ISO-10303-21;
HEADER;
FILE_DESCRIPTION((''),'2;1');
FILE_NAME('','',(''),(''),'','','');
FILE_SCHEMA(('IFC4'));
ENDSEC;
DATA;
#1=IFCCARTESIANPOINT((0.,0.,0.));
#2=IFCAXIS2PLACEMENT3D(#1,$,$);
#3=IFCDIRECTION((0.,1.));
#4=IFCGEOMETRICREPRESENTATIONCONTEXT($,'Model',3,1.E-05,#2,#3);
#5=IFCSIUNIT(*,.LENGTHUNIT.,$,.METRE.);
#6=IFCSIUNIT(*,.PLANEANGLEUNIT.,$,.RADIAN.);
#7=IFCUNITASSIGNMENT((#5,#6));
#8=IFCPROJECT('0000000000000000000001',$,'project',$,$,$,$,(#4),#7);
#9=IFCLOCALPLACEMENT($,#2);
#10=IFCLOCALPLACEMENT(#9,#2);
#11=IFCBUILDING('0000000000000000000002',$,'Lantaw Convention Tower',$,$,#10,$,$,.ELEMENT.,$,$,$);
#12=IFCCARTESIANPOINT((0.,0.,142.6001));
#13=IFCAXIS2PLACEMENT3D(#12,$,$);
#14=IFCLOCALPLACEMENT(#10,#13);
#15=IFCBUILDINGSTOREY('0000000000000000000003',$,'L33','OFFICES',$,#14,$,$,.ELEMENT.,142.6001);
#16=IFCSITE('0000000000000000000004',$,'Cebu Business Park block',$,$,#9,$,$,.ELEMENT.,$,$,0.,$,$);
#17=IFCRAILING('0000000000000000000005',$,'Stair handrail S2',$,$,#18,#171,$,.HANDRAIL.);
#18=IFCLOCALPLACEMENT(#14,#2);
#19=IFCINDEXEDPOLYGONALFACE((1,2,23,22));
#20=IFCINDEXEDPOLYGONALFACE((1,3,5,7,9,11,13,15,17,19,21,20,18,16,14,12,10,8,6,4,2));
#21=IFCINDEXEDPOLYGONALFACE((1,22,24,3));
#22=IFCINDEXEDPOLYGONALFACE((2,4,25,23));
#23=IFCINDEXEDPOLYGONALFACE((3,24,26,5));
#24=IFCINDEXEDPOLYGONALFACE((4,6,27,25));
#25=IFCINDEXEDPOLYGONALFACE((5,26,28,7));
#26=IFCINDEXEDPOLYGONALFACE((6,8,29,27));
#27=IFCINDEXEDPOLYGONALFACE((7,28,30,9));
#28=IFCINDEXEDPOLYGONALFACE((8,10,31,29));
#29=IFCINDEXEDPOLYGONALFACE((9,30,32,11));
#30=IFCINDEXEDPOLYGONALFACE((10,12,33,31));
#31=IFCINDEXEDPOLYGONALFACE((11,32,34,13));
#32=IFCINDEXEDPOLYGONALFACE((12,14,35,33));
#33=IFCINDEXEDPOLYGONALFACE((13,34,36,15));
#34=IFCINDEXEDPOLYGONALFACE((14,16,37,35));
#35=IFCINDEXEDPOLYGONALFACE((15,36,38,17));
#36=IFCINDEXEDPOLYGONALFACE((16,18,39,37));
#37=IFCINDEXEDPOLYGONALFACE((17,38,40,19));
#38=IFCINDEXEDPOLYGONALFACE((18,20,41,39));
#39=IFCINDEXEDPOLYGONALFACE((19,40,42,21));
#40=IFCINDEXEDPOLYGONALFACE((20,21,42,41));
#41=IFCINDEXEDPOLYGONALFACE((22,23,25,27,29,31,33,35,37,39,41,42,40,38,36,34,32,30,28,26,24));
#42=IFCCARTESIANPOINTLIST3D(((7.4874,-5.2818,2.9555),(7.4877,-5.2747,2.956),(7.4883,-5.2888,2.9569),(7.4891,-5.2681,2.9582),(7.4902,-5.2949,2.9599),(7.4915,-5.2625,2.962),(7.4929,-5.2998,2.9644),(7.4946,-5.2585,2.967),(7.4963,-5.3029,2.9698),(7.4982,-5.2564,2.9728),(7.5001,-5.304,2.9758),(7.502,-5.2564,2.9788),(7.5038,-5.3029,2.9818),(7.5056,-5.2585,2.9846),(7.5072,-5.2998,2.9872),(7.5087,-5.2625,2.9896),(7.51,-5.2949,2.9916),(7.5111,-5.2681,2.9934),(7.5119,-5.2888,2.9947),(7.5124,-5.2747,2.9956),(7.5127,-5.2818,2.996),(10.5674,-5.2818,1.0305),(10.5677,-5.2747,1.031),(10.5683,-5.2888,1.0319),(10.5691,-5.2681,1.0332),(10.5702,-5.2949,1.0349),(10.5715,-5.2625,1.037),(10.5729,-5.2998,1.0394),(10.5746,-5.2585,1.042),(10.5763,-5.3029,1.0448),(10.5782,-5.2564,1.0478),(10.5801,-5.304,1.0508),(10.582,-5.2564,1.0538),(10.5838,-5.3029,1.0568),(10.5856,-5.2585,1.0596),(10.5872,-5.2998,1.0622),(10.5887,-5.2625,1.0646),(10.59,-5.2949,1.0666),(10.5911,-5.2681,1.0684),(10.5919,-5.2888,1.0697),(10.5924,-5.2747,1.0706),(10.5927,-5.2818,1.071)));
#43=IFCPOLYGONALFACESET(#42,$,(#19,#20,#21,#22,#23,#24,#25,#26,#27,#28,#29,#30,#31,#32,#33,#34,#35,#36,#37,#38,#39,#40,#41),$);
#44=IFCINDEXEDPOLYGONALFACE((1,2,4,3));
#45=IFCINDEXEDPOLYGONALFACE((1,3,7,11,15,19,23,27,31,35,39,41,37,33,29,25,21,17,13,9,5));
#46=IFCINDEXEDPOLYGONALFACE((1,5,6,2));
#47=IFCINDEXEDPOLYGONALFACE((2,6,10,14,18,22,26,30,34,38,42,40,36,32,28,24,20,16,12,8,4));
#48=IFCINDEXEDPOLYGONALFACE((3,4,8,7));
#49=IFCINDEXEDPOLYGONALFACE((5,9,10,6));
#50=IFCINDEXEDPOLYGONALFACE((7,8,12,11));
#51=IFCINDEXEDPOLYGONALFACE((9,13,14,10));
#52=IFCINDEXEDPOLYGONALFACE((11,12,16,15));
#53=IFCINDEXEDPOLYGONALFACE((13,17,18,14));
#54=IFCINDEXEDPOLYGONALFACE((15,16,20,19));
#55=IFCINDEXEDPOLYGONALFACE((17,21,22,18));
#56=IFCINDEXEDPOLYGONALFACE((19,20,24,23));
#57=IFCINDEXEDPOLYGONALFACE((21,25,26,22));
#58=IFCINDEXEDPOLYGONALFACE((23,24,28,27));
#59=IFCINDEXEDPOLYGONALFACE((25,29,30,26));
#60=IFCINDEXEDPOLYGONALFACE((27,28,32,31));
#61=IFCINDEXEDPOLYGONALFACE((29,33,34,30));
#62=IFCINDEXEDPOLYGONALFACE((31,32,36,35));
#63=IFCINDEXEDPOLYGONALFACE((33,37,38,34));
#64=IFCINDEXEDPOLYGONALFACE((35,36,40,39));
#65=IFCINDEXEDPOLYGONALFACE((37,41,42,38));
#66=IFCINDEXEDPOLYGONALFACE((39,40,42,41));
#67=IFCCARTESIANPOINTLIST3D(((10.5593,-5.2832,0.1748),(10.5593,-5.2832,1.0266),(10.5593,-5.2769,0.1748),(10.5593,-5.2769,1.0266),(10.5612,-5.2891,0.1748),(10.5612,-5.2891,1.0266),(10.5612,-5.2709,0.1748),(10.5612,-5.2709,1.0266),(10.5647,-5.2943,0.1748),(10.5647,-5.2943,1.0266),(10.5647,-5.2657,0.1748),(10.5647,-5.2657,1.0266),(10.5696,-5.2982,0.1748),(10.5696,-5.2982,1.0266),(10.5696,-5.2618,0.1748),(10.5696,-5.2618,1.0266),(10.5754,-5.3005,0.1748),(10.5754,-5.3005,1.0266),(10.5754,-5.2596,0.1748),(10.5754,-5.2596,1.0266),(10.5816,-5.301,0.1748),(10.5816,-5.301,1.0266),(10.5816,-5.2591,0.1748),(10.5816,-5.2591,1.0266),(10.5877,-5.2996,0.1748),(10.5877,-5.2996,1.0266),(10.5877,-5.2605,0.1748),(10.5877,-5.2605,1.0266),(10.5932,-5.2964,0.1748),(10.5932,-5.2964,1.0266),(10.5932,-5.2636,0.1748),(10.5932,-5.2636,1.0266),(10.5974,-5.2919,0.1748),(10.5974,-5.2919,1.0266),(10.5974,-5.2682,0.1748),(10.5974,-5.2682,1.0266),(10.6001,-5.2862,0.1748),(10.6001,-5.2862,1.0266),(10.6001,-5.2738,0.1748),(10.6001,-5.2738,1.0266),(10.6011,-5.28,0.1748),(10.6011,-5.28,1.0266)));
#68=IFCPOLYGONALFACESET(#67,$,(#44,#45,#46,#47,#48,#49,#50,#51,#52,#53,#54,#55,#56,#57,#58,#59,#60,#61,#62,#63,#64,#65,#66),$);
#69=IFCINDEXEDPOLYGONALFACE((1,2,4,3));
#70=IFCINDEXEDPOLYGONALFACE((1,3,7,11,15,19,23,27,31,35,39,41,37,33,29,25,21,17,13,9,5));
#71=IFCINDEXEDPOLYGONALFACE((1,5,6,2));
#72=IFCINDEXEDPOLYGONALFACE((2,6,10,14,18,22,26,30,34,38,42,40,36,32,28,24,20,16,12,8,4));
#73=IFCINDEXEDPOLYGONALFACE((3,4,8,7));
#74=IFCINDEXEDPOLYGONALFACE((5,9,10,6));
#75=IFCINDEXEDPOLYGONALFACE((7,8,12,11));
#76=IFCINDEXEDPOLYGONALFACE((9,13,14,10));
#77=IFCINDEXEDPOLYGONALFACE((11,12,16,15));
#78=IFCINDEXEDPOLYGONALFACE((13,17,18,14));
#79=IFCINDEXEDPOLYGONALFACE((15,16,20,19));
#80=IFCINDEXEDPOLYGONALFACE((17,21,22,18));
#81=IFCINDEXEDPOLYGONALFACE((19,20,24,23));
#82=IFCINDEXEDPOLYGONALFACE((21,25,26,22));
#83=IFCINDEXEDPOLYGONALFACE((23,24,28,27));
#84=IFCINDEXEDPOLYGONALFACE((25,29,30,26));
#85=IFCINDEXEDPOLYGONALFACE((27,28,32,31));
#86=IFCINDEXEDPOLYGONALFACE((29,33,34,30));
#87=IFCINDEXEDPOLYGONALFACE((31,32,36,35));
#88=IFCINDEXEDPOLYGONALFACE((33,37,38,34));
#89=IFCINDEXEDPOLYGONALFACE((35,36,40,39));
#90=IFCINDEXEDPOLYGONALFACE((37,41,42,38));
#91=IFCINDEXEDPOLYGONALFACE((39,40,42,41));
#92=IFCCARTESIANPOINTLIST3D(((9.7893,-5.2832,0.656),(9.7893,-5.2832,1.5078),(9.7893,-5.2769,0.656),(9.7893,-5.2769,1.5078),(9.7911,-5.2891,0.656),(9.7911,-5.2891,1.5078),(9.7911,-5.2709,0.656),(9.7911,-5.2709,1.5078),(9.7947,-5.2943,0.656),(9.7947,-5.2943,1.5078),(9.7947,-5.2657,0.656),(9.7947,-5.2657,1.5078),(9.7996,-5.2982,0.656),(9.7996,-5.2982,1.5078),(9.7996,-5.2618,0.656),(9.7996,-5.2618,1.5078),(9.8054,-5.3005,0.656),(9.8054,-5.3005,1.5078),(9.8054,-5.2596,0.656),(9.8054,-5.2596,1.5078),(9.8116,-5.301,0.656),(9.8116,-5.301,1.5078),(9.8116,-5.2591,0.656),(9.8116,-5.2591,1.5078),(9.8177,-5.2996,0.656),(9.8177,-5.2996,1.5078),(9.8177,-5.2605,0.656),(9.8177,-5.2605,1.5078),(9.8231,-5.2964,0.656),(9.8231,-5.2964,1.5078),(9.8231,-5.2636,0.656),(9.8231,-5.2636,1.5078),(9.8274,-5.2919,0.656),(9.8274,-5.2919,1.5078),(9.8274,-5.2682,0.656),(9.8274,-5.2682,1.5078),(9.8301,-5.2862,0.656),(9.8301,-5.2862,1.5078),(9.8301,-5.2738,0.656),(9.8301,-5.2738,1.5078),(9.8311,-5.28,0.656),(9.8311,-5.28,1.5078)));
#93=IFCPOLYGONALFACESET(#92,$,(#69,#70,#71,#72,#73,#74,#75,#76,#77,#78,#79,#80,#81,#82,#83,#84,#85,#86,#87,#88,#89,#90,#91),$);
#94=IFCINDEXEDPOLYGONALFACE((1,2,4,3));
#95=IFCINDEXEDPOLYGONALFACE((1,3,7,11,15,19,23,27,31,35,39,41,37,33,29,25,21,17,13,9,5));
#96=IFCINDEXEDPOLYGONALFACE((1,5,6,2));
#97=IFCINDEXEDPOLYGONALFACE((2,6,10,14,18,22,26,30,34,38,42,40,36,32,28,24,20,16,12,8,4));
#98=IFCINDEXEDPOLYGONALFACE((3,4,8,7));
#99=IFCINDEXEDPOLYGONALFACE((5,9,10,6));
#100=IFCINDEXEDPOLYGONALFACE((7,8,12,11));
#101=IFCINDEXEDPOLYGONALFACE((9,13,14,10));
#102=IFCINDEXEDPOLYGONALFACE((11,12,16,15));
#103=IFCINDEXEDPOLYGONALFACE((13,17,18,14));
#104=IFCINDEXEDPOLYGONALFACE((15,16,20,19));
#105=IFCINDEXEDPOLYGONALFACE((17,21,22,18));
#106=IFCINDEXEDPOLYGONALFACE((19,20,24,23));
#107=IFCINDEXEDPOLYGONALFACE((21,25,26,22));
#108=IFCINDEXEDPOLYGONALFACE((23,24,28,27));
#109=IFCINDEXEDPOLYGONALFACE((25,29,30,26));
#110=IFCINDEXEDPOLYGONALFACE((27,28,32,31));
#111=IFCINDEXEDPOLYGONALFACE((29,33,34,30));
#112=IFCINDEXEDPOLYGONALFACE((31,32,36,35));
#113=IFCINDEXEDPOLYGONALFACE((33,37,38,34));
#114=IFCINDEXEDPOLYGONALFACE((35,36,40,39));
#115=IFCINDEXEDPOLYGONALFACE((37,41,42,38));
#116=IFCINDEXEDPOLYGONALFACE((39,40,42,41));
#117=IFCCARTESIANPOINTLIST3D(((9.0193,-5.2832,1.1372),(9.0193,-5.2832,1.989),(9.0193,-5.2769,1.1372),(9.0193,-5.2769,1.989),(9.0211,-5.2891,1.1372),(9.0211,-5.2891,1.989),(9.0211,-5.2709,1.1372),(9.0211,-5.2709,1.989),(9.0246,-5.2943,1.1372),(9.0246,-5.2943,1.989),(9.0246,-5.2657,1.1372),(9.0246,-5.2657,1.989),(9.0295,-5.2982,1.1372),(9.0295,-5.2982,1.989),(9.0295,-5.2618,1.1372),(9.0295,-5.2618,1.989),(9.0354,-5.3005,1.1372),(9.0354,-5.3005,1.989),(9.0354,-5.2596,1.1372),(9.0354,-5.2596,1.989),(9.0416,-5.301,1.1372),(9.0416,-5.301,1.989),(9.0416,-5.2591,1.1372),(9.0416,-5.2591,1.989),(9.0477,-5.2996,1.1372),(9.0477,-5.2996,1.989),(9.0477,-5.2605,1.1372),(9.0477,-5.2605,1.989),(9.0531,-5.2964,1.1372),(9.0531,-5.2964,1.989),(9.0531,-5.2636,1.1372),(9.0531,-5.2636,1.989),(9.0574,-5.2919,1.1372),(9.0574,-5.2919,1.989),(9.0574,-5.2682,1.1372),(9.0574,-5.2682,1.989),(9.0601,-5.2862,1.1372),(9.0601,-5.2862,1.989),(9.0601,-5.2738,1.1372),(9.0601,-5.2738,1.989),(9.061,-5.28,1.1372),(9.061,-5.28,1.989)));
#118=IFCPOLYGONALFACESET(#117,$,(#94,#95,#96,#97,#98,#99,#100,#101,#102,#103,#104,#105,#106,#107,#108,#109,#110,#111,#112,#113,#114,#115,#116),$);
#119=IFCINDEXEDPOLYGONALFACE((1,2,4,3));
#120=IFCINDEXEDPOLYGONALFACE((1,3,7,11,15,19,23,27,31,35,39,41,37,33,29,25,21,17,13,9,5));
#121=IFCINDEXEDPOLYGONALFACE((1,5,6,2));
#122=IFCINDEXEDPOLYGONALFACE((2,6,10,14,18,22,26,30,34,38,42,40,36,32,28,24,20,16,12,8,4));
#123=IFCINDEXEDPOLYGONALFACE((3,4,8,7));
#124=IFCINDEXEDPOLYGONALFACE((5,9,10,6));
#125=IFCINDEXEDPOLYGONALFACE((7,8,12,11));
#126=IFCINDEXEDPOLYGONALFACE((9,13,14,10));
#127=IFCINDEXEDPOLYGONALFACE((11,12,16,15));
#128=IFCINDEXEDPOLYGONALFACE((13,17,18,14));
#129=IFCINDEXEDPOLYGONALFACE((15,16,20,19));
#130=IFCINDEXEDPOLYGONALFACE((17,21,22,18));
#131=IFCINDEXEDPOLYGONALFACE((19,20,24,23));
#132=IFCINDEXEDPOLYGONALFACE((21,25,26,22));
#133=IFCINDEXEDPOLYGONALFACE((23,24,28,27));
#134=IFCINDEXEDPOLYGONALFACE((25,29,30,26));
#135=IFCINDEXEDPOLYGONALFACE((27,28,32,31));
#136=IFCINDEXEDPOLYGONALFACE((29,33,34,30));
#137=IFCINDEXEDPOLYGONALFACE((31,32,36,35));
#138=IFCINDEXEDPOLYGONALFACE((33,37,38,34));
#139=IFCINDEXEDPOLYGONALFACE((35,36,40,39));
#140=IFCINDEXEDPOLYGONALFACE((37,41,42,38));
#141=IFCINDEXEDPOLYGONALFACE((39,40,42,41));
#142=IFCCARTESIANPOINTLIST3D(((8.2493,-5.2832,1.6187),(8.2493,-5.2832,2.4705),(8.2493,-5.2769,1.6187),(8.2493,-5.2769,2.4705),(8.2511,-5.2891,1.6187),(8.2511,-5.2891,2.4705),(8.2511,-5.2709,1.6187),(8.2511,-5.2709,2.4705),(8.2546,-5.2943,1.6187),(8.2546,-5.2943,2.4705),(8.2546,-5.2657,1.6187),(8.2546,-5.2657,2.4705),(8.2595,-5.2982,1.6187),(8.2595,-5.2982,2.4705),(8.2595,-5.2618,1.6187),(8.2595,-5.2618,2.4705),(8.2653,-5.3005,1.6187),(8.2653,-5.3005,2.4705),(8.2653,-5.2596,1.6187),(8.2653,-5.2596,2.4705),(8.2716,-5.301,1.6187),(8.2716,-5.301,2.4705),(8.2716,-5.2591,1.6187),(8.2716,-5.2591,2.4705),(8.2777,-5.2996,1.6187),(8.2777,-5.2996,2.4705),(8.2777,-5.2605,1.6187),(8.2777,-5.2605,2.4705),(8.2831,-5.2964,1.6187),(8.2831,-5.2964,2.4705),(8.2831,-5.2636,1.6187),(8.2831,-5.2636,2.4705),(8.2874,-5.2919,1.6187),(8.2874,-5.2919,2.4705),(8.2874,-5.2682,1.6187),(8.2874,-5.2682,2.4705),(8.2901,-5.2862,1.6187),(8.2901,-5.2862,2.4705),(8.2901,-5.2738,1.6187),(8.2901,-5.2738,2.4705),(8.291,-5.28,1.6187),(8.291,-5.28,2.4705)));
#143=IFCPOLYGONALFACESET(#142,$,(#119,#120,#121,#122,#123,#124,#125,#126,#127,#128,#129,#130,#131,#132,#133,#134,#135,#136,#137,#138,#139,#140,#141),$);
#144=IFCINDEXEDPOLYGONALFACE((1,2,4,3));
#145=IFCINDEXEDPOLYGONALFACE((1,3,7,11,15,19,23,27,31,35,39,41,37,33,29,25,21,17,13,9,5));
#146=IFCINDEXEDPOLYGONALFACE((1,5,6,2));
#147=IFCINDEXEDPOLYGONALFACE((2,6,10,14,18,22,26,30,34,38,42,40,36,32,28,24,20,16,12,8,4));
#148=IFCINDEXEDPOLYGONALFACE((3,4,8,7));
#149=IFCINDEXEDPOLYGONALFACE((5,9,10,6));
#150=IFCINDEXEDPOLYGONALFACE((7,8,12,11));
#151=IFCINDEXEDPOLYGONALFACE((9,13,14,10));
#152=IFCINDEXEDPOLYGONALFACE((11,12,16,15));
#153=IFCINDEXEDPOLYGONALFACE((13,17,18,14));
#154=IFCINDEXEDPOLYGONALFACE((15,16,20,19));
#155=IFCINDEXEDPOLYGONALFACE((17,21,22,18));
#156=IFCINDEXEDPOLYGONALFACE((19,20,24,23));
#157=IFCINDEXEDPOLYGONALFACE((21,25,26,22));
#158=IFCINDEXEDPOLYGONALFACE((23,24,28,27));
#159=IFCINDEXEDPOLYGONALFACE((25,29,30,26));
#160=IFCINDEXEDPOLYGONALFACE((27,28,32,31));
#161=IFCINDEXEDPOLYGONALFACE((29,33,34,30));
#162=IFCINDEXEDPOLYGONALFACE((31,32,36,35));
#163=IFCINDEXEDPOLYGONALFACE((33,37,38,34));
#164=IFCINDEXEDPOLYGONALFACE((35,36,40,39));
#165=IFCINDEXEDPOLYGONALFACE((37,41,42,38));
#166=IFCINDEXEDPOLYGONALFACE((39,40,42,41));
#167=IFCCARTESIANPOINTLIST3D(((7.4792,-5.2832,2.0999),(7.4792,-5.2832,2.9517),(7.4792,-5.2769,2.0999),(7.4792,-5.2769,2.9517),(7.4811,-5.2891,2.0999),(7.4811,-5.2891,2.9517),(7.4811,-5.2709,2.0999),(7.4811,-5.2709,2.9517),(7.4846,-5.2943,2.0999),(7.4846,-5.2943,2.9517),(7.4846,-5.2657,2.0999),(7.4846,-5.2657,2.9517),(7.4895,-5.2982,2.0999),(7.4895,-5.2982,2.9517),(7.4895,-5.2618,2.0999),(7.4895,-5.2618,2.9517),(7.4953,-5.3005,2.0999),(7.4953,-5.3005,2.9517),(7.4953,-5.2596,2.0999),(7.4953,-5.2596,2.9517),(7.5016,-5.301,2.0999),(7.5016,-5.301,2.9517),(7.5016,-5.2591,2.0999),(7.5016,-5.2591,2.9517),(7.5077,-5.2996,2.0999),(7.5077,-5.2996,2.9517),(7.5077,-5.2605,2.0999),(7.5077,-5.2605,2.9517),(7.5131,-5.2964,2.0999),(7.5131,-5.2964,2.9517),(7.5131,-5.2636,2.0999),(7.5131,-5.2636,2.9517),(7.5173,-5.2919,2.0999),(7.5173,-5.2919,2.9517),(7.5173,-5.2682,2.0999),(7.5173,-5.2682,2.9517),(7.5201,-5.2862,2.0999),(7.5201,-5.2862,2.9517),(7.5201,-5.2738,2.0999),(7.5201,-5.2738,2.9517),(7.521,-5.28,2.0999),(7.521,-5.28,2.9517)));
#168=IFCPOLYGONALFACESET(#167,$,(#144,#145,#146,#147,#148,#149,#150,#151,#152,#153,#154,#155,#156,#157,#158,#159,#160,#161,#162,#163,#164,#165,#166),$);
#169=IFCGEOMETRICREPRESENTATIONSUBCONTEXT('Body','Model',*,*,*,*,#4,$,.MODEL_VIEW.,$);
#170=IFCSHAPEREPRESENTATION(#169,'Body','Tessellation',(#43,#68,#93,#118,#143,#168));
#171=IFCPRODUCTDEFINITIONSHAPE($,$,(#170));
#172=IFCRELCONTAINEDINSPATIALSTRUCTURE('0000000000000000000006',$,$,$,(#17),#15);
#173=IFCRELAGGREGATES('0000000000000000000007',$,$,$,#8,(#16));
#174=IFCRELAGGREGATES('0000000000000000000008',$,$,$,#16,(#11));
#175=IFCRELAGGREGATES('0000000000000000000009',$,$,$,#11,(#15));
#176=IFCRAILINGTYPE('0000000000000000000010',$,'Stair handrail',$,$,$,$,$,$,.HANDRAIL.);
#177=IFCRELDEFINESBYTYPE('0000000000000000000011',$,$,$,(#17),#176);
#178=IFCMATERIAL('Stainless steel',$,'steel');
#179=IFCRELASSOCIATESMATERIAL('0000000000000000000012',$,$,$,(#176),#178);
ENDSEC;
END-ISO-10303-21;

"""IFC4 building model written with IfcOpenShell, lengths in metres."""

from ifc_helpers import new_model, si_unit, direction, frame, origin, origin_2d, place, context, subcontext, project, spatial, circle, extrude, material, type_object, element, save


model = new_model("IFC4")

# Units and contexts
model_context = context("Model", 3, precision=1e-05, world=origin(), true_north=direction((0.0, 1.0)))
body_context = subcontext(model_context, "Body", "Model", "MODEL_VIEW")
ifc_project = project(units=[si_unit("LENGTHUNIT", "METRE"), si_unit("PLANEANGLEUNIT", "RADIAN")], contexts=[model_context])

# Site, building, storey
site_placement = place(None, origin())
site = spatial("IfcSite", under=ifc_project, at=site_placement, Name="Cebu Business Park block", CompositionType="ELEMENT", RefElevation=0.0)
building_placement = place(site_placement, origin())
building = spatial("IfcBuilding", under=site, at=building_placement, Name="Lantaw Convention Tower", CompositionType="ELEMENT")
storey_placement = place(building_placement, frame((0.0, 0.0, 142.6001)))
storey = spatial("IfcBuildingStorey", under=building, at=storey_placement, Name="L33", Description="OFFICES", CompositionType="ELEMENT", Elevation=142.6001)

# Railing
ifc_material_1 = material(Name="Stainless steel", Category="steel")
railing_type = type_object("IfcRailingType", Name="Stair handrail", PredefinedType="HANDRAIL", material=ifc_material_1)
railing_1_placement = place(storey_placement, frame((10.5801, -5.28, 0.1748)))
element("IfcRailing", 1, at=railing_1_placement, inside=storey, type_object=railing_type, Name="Stair handrail S2", PredefinedType="HANDRAIL", context=body_context, shape_type="SweptSolid", body=[
    extrude(circle(Radius=0.0239, at=origin_2d()), frame((0.0, 0.0, 0.876), z_axis=(-0.847998, 0.0, 0.529999), x_axis=(0.0, -1.0, 0.0)), (0.0, 0.0, 1.0), 3.6321),
    extrude(circle(Radius=0.021, at=origin_2d()), origin(), (0.0, 0.0, 1.0), 0.8518),
    extrude(circle(Radius=0.021, at=origin_2d()), frame((-0.77, 0.0, 0.4812)), (0.0, 0.0, 1.0), 0.8518),
    extrude(circle(Radius=0.021, at=origin_2d()), frame((-1.54, 0.0, 0.9624)), (0.0, 0.0, 1.0), 0.8518),
    extrude(circle(Radius=0.021, at=origin_2d()), frame((-2.3101, 0.0, 1.4438)), (0.0, 0.0, 1.0), 0.8518),
    extrude(circle(Radius=0.021, at=origin_2d()), frame((-3.0801, 0.0, 1.925)), (0.0, 0.0, 1.0), 0.8518),
])

save(model, "model.ifc")
